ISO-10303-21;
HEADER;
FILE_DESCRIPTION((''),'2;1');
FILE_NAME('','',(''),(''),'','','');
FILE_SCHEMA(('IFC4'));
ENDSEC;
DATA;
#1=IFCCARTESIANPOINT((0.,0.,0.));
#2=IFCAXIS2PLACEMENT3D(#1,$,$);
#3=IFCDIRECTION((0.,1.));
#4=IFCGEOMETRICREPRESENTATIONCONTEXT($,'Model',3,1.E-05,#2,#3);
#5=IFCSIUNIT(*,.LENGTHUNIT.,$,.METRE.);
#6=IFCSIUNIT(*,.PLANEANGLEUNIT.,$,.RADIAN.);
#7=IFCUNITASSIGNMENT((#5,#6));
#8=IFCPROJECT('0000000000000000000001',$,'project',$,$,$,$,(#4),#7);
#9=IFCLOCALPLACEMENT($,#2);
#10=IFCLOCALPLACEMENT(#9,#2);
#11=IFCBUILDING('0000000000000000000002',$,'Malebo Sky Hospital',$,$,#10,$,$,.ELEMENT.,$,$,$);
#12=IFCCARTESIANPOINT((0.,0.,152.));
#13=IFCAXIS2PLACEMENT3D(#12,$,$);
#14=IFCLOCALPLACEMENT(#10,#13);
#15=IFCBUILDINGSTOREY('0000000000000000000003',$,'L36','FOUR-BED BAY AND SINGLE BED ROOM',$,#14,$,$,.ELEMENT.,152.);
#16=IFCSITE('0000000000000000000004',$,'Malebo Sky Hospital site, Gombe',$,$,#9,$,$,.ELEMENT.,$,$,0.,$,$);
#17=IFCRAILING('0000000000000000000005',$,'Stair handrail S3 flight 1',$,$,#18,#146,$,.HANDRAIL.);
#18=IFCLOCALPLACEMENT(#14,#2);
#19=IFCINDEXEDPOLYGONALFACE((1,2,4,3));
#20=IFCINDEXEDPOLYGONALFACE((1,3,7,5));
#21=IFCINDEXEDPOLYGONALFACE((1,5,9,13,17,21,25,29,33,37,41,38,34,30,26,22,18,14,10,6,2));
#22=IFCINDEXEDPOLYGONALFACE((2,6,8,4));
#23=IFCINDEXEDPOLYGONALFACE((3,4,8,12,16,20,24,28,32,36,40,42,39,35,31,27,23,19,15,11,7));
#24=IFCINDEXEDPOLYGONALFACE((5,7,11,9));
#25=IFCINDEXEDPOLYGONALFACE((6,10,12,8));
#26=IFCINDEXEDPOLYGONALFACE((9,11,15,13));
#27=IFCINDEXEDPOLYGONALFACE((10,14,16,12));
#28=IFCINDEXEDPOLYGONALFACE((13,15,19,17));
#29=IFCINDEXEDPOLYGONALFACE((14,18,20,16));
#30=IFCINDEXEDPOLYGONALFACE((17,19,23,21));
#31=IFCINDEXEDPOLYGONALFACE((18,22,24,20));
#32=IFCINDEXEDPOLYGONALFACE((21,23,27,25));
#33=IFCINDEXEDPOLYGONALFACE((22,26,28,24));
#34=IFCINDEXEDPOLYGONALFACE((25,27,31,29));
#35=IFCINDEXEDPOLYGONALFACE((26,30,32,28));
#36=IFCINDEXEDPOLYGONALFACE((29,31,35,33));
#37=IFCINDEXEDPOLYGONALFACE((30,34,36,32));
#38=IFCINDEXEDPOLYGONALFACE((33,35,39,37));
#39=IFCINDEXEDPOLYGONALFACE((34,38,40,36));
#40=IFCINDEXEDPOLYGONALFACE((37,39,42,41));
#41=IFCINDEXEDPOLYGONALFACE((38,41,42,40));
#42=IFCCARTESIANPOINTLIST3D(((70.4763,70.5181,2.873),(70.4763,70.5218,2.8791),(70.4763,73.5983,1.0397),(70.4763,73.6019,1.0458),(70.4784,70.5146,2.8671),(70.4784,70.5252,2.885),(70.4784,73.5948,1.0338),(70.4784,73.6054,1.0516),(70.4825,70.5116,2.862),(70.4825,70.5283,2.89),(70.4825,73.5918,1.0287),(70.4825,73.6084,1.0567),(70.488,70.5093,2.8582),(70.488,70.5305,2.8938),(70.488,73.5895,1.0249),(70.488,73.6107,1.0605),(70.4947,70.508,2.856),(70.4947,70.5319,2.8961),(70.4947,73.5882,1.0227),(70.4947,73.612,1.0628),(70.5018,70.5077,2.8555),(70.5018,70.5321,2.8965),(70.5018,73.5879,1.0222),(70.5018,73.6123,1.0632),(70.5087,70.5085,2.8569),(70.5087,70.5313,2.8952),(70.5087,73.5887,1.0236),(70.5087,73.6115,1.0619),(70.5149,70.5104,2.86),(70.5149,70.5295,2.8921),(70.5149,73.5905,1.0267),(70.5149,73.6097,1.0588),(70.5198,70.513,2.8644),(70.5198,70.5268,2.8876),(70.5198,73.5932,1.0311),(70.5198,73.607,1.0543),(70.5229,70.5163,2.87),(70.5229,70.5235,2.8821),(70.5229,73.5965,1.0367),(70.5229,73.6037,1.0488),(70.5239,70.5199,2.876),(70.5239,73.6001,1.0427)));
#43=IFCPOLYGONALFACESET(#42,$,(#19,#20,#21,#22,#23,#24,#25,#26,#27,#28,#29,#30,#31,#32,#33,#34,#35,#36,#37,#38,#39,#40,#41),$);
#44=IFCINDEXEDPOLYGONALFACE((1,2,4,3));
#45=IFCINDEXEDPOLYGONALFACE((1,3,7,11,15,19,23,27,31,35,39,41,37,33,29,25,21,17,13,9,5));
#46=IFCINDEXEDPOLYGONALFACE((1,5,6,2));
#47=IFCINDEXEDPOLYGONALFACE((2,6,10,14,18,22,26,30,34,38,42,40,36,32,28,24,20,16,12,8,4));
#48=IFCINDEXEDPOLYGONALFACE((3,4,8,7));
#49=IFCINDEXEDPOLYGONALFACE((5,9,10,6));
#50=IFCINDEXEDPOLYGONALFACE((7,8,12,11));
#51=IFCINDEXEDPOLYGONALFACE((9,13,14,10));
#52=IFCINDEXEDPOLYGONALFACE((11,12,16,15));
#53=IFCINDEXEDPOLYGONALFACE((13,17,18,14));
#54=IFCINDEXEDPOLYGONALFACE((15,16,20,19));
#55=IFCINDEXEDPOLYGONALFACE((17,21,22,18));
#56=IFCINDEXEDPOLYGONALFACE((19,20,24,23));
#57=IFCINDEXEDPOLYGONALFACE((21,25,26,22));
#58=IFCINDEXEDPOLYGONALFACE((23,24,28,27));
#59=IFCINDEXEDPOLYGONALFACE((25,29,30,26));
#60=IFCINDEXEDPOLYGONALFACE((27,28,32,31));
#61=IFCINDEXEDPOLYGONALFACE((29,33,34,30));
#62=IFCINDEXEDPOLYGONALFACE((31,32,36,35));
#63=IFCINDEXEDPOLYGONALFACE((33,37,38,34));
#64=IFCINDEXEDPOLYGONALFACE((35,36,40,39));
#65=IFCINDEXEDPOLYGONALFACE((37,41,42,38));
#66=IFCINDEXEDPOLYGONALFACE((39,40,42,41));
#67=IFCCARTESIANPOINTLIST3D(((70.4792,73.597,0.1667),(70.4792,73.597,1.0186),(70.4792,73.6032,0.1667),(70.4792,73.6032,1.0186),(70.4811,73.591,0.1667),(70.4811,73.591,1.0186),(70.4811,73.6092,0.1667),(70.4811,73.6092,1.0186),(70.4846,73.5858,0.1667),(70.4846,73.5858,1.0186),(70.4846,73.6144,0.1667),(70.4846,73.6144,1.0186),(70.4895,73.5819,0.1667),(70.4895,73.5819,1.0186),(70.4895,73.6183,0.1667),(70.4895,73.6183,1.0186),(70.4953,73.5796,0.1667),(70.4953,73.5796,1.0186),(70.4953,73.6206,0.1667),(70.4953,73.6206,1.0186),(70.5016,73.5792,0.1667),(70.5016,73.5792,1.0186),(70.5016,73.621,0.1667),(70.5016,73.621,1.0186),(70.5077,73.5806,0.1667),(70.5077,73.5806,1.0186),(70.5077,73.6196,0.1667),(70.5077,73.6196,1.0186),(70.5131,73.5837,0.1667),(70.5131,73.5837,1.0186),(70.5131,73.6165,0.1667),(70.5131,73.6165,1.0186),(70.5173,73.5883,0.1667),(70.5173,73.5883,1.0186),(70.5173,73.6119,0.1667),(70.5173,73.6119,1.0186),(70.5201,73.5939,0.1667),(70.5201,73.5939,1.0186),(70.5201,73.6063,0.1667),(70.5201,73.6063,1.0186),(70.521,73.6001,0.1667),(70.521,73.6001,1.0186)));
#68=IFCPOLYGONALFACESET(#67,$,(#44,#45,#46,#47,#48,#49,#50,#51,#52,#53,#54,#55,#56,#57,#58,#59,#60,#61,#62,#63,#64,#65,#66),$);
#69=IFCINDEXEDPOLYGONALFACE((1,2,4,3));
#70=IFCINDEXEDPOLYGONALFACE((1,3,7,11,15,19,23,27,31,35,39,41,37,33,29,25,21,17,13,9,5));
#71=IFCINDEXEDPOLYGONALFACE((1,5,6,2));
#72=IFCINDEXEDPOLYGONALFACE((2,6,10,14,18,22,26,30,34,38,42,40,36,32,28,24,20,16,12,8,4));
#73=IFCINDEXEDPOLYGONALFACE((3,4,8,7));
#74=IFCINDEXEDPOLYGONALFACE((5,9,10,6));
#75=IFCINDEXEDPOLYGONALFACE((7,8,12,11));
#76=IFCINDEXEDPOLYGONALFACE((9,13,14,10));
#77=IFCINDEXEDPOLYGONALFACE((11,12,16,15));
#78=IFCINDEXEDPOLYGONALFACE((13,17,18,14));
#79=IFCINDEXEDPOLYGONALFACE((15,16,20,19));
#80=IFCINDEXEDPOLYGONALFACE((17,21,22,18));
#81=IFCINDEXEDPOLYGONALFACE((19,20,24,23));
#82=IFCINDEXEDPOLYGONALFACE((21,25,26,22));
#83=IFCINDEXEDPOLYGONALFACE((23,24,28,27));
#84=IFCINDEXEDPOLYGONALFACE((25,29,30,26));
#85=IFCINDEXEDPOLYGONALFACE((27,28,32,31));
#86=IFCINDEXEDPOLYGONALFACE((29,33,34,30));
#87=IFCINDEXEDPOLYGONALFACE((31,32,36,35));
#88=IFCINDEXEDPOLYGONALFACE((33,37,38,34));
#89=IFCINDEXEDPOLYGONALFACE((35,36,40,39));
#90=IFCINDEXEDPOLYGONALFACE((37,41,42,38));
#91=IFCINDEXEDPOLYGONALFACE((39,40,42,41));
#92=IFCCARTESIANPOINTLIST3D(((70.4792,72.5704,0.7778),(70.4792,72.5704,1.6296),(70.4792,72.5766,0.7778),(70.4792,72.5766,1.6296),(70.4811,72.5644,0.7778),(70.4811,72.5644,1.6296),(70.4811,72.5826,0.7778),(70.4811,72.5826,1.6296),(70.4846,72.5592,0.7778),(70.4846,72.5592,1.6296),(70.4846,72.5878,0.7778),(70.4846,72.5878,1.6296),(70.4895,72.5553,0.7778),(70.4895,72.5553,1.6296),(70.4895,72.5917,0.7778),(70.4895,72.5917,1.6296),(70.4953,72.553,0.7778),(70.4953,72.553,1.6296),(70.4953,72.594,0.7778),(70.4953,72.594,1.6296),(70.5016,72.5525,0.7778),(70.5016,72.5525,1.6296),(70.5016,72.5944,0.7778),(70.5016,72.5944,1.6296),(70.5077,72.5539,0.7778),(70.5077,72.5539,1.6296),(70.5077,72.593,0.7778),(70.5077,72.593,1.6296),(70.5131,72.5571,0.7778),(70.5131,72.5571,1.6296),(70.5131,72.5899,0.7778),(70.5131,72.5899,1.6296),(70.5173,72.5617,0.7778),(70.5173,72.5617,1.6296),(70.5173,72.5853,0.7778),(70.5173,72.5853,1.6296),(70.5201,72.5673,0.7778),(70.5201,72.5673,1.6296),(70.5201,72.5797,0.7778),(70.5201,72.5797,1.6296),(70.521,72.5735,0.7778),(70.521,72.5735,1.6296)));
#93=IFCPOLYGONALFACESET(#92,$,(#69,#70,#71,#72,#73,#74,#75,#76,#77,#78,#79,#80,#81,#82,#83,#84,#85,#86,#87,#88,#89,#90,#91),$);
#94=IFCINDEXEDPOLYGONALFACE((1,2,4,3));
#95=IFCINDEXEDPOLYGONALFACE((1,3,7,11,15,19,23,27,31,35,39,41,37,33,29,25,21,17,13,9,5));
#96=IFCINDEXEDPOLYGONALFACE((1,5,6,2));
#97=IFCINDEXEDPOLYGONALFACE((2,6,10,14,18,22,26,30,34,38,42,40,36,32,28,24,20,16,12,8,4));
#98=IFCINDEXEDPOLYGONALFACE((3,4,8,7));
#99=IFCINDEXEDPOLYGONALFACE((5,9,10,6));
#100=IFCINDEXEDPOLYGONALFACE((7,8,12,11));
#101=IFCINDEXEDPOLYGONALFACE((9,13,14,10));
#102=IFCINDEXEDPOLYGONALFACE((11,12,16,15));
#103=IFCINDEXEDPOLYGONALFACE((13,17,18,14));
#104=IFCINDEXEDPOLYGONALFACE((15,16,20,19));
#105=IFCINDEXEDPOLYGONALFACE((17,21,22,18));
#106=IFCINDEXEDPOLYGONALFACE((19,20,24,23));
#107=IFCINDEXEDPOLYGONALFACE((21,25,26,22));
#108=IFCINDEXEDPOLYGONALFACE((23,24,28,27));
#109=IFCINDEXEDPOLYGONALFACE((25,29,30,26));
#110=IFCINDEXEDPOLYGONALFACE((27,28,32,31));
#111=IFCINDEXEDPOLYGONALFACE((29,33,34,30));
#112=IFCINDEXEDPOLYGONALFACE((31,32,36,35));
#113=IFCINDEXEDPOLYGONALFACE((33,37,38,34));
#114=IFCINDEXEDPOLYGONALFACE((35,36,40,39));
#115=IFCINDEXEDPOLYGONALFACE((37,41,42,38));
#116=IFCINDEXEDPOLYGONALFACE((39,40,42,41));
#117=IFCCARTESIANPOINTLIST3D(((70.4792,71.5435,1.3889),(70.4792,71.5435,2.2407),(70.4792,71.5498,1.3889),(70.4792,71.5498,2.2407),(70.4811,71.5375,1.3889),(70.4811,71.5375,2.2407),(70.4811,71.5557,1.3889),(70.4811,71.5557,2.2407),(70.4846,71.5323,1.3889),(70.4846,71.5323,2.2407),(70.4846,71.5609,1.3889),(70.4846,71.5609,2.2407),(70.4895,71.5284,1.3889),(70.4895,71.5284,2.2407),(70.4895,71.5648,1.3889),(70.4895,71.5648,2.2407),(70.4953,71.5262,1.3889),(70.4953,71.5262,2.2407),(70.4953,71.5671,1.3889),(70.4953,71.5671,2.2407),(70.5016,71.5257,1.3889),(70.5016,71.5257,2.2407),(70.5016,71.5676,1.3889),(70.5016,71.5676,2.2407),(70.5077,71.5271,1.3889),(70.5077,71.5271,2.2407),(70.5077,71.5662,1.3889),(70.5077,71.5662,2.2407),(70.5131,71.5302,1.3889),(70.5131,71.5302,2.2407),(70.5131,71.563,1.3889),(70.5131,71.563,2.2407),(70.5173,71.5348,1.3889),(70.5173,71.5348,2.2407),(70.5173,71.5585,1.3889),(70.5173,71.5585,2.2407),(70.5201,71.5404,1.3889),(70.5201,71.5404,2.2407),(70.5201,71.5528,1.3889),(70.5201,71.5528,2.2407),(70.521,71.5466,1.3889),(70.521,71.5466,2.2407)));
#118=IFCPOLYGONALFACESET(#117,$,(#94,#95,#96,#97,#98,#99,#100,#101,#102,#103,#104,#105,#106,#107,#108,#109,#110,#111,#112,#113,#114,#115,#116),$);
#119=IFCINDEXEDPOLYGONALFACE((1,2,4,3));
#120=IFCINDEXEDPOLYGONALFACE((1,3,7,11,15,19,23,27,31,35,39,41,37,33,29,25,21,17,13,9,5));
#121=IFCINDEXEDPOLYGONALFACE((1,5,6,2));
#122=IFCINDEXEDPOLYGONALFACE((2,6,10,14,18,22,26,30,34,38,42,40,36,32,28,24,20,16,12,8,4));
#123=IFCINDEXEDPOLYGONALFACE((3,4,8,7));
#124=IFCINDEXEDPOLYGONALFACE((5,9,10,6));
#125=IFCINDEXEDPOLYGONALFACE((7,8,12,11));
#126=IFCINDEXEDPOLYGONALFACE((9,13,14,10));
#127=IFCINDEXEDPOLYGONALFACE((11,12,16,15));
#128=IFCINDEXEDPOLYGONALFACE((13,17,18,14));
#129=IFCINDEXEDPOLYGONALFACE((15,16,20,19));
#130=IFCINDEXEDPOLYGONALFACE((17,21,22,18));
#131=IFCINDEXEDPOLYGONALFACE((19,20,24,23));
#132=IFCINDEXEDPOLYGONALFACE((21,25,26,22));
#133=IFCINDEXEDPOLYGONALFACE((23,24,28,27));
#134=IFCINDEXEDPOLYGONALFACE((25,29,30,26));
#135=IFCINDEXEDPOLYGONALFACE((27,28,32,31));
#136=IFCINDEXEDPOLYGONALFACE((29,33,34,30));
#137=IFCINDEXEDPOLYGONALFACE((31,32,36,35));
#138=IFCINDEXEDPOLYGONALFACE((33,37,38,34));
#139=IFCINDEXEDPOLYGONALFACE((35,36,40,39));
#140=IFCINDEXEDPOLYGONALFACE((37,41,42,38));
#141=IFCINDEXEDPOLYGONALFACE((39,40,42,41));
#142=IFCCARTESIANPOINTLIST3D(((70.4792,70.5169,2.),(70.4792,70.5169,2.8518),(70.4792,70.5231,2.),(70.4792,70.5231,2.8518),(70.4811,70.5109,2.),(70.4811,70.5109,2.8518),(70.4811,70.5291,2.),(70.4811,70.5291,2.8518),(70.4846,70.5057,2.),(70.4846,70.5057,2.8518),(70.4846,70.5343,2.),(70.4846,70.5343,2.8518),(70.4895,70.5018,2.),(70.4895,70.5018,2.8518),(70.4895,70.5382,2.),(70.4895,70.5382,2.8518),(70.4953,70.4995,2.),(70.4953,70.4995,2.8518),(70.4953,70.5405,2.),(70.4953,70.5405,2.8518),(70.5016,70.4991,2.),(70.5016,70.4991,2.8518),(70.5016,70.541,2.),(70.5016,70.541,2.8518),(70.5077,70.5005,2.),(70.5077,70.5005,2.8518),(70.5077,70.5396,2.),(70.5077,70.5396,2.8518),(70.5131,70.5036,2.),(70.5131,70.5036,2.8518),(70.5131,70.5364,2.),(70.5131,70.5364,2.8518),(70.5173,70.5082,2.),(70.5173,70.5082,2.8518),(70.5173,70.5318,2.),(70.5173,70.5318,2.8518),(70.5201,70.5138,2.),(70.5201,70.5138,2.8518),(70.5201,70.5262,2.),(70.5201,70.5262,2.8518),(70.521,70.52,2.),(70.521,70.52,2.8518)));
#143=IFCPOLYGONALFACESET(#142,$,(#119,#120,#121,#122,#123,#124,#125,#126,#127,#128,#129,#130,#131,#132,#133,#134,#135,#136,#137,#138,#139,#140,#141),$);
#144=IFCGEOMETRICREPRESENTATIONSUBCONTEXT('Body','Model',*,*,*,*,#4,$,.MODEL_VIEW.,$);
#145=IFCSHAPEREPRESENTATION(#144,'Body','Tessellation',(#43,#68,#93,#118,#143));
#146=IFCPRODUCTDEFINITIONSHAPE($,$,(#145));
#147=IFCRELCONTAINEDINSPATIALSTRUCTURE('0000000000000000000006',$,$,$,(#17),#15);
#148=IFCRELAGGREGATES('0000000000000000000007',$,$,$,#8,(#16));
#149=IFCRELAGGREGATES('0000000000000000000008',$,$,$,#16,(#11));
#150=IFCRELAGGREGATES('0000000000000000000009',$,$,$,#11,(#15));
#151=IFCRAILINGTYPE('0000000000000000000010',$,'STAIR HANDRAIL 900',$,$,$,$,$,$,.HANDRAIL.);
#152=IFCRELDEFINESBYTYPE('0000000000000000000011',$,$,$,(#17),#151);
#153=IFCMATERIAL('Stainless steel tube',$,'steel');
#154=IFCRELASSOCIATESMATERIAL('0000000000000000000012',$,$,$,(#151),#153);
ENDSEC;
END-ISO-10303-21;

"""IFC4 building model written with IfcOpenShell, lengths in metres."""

from ifc_helpers import new_model, si_unit, direction, frame, origin, origin_2d, place, context, subcontext, project, spatial, circle, extrude, material, type_object, element, save


model = new_model("IFC4")

# Units and contexts
model_context = context("Model", 3, precision=1e-05, world=origin(), true_north=direction((0.0, 1.0)))
body_context = subcontext(model_context, "Body", "Model", "MODEL_VIEW")
ifc_project = project(units=[si_unit("LENGTHUNIT", "METRE"), si_unit("PLANEANGLEUNIT", "RADIAN")], contexts=[model_context])

# Site, building, storey
site_placement = place(None, origin())
site = spatial("IfcSite", under=ifc_project, at=site_placement, Name="Malebo Sky Hospital site, Gombe", CompositionType="ELEMENT", RefElevation=0.0)
building_placement = place(site_placement, origin())
building = spatial("IfcBuilding", under=site, at=building_placement, Name="Malebo Sky Hospital", CompositionType="ELEMENT")
storey_placement = place(building_placement, frame((0.0, 0.0, 152.0)))
storey = spatial("IfcBuildingStorey", under=building, at=storey_placement, Name="L36", Description="FOUR-BED BAY AND SINGLE BED ROOM", CompositionType="ELEMENT", Elevation=152.0)

# Railing
ifc_material_1 = material(Name="Stainless steel tube", Category="steel")
railing_type = type_object("IfcRailingType", Name="STAIR HANDRAIL 900", PredefinedType="HANDRAIL", material=ifc_material_1)
railing_1_placement = place(storey_placement, frame((70.5, 73.6001, 0.1667)))
element("IfcRailing", 1, at=railing_1_placement, inside=storey, type_object=railing_type, Name="Stair handrail S3 flight 1", PredefinedType="HANDRAIL", context=body_context, shape_type="SweptSolid", body=[
    extrude(circle(Radius=0.0239, at=origin_2d()), frame((0.0, 0.0, 0.876), z_axis=(0.0, -0.859309, 0.511458), x_axis=(1.0, 0.0, 0.0)), (0.0, 0.0, 1.0), 3.5845),
    extrude(circle(Radius=0.021, at=origin_2d()), origin(), (0.0, 0.0, 1.0), 0.8518),
    extrude(circle(Radius=0.021, at=origin_2d()), frame((0.0, -1.0266, 0.6111)), (0.0, 0.0, 1.0), 0.8518),
    extrude(circle(Radius=0.021, at=origin_2d()), frame((0.0, -2.0535, 1.2222)), (0.0, 0.0, 1.0), 0.8518),
    extrude(circle(Radius=0.021, at=origin_2d()), frame((0.0, -3.0801, 1.8333)), (0.0, 0.0, 1.0), 0.8518),
])

save(model, "model.ifc")
